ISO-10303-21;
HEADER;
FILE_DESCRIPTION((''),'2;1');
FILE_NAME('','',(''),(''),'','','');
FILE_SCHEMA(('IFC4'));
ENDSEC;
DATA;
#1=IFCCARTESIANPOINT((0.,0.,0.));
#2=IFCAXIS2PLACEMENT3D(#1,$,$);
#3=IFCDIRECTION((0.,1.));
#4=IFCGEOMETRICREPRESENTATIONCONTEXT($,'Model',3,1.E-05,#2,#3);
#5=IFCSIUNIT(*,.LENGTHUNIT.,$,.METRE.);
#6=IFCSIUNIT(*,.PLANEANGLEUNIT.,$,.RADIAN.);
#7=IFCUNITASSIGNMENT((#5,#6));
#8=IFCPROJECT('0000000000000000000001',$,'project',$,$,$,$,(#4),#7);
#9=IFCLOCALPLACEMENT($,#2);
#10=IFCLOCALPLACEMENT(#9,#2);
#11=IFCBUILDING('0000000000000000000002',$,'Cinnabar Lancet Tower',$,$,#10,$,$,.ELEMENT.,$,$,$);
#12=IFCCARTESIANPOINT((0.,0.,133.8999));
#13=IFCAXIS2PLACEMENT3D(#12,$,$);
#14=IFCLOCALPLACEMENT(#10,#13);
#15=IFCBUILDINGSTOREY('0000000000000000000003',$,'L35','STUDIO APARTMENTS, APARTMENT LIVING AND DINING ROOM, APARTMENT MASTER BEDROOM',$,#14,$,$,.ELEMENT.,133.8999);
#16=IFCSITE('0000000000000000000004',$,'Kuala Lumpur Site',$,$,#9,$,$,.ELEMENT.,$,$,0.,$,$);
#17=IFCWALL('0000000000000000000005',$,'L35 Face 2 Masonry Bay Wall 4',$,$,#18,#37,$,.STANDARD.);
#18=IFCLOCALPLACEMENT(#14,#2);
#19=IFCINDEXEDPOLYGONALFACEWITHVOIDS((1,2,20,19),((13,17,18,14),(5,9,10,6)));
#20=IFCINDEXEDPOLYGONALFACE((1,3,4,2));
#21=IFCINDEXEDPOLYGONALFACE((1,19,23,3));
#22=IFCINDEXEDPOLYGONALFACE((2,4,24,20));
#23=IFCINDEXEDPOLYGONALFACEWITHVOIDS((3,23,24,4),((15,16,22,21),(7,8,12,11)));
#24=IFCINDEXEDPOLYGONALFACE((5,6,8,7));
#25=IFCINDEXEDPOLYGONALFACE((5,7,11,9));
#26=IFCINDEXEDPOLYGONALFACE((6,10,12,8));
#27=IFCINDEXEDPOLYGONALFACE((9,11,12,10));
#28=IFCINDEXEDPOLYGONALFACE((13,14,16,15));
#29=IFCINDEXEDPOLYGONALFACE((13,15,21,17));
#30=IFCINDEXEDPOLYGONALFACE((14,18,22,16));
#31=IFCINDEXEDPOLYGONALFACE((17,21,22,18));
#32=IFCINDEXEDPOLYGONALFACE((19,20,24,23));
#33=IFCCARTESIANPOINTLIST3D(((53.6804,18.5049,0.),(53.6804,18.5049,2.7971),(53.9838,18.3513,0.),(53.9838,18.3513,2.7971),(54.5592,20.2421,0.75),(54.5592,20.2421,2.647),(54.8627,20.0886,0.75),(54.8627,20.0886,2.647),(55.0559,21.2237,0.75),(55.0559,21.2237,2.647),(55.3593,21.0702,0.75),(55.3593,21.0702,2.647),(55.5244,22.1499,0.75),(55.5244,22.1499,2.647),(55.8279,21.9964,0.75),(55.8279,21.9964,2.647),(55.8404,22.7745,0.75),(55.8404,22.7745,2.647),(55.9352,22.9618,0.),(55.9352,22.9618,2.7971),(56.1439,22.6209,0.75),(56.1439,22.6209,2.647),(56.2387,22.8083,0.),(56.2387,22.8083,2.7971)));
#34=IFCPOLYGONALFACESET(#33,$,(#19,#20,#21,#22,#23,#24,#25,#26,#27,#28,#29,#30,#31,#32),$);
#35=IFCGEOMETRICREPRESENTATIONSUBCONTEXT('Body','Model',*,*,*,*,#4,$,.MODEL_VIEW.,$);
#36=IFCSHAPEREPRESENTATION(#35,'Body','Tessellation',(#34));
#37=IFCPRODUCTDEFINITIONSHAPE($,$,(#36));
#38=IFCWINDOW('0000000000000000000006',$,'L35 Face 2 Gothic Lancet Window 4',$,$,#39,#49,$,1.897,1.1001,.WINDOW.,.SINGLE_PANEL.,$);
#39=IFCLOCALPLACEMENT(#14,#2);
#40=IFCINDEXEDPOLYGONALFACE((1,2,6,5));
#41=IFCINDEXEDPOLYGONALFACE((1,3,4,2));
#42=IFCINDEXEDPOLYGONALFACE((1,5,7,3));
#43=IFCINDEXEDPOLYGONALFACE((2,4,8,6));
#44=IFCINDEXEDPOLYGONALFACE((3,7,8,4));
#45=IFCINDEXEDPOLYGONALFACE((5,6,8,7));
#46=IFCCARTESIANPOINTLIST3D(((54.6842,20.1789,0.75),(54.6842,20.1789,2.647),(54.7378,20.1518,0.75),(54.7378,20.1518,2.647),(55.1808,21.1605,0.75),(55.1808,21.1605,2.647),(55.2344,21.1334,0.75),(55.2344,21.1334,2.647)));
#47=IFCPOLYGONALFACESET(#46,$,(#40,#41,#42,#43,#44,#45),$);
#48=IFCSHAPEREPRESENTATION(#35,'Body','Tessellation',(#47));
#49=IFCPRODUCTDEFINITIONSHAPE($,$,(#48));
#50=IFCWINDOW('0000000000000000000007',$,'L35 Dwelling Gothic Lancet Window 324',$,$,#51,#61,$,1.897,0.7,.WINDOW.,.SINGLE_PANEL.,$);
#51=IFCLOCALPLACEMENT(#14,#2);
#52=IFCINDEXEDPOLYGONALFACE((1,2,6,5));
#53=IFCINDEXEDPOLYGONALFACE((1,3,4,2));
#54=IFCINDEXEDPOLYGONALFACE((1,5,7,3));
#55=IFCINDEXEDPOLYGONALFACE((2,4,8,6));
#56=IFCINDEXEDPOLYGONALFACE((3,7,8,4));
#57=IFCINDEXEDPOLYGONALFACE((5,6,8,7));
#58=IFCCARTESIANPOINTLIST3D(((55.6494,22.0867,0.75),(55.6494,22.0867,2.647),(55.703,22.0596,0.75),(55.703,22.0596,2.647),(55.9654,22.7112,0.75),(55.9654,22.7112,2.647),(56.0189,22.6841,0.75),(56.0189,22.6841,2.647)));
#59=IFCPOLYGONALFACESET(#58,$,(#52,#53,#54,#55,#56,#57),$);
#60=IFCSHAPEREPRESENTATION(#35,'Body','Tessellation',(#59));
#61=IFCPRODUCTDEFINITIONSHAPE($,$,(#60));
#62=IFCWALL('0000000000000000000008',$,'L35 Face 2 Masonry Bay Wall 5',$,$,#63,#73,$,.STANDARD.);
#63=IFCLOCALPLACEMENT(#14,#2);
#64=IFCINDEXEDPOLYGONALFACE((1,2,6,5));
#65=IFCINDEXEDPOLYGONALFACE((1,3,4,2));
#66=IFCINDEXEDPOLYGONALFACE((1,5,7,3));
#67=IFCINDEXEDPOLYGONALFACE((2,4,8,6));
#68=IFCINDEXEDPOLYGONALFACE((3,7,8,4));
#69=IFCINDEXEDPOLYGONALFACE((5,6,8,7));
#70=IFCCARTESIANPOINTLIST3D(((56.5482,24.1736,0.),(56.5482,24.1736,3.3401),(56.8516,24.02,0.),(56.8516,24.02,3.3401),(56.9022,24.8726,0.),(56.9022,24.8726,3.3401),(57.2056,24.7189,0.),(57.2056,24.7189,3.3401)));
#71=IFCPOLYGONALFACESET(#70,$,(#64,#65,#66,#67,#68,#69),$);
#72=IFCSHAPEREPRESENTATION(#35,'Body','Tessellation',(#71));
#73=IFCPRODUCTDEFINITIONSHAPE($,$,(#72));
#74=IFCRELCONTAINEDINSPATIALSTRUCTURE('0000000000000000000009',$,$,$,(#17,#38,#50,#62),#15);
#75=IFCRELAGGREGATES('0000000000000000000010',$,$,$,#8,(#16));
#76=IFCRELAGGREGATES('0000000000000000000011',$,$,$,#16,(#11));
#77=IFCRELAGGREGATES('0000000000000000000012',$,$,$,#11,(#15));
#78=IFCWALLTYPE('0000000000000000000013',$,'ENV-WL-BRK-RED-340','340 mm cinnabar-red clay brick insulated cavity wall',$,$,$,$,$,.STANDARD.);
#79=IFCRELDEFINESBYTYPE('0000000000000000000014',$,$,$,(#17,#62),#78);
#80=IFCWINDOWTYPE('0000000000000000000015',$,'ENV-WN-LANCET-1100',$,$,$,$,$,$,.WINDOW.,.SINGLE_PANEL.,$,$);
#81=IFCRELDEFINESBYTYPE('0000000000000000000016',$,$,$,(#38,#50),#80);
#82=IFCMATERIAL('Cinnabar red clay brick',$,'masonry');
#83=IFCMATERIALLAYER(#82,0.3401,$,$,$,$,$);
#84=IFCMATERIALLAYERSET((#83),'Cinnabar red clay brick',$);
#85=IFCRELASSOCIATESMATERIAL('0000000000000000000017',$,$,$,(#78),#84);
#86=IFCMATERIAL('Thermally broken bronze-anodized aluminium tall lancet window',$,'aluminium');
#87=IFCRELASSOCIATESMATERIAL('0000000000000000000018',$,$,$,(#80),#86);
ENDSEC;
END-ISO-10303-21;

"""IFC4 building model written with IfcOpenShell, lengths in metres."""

from ifc_helpers import new_model, si_unit, direction, frame, frame_2d, origin, place, context, subcontext, project, spatial, rectangle, extrude, material, layer, layer_set, type_object, element, fill, save


model = new_model("IFC4")

# Units and contexts
model_context = context("Model", 3, precision=1e-05, world=origin(), true_north=direction((0.0, 1.0)))
body_context = subcontext(model_context, "Body", "Model", "MODEL_VIEW")
ifc_project = project(units=[si_unit("LENGTHUNIT", "METRE"), si_unit("PLANEANGLEUNIT", "RADIAN")], contexts=[model_context])

# Site, building, storey
site_placement = place(None, origin())
site = spatial("IfcSite", under=ifc_project, at=site_placement, Name="Kuala Lumpur Site", CompositionType="ELEMENT", RefElevation=0.0)
building_placement = place(site_placement, origin())
building = spatial("IfcBuilding", under=site, at=building_placement, Name="Cinnabar Lancet Tower", CompositionType="ELEMENT")
storey_placement = place(building_placement, frame((0.0, 0.0, 133.8999)))
storey = spatial("IfcBuildingStorey", under=building, at=storey_placement, Name="L35", Description="STUDIO APARTMENTS, APARTMENT LIVING AND DINING ROOM, APARTMENT MASTER BEDROOM", CompositionType="ELEMENT", Elevation=133.8999)

# Shared definitions
ifc_material_1 = material(Name="Cinnabar red clay brick", Category="masonry")
ifc_layer_1 = layer(ifc_material_1, 0.3401)
ifc_layer_set_1 = layer_set([ifc_layer_1], Name="Cinnabar red clay brick")
wall_type_1 = type_object("IfcWallType", Name="ENV-WL-BRK-RED-340", Description="340 mm cinnabar-red clay brick insulated cavity wall", PredefinedType="STANDARD", material=ifc_layer_set_1)

# Wall, openings, windows
wall_1_placement = place(storey_placement, frame((53.832, 18.428, 0.0), z_axis=(0.0, 0.0, 1.0), x_axis=(0.451432, 0.892306, 0.0)))
wall_1 = element("IfcWall", 1, at=wall_1_placement, inside=storey, type_object=wall_type_1, Name="L35 Face 2 Masonry Bay Wall 4", PredefinedType="STANDARD", context=body_context, shape_type="SweptSolid", body=[
    extrude(rectangle(XDim=4.9949, YDim=0.3401, at=frame_2d((2.4976, 0.0))), origin(), (0.0, 0.0, 1.0), 2.7971),
])
opening_1_placement = place(wall_1_placement, frame((1.947, 0.0, 0.75)))
opening_1 = element("IfcOpeningElement", 2, at=opening_1_placement, cuts=wall_1, PredefinedType="OPENING", context=body_context, shape_type="SweptSolid", body=[
    extrude(rectangle(XDim=1.1001, YDim=1.897, at=frame_2d((0.55, 0.9485))), frame((0.0, 0.1799, 0.0), z_axis=(0.0, -1.0, 0.0), x_axis=(1.0, 0.0, 0.0)), (0.0, 0.0, 1.0), 0.3601),
])
opening_2_placement = place(wall_1_placement, frame((4.085, 0.0, 0.75)))
opening_2 = element("IfcOpeningElement", 3, at=opening_2_placement, cuts=wall_1, PredefinedType="OPENING", context=body_context, shape_type="SweptSolid", body=[
    extrude(rectangle(XDim=0.7, YDim=1.897, at=frame_2d((0.3501, 0.9485))), frame((0.0, 0.1799, 0.0), z_axis=(0.0, -1.0, 0.0), x_axis=(1.0, 0.0, 0.0)), (0.0, 0.0, 1.0), 0.3601),
])
ifc_material_2 = material(Name="Thermally broken bronze-anodized aluminium tall lancet window", Category="aluminium")
window_type = type_object("IfcWindowType", Name="ENV-WN-LANCET-1100", PartitioningType="SINGLE_PANEL", PredefinedType="WINDOW", material=ifc_material_2)
window_1_placement = place(opening_1_placement, origin())
window_1 = element("IfcWindow", 4, at=window_1_placement, inside=storey, type_object=window_type, Name="L35 Face 2 Gothic Lancet Window 4", OverallHeight=1.897, OverallWidth=1.1001, PartitioningType="SINGLE_PANEL", PredefinedType="WINDOW", context=body_context, shape_type="SweptSolid", body=[
    extrude(rectangle(XDim=1.1001, YDim=1.897, at=frame_2d((0.55, 0.9485))), frame((0.0, 0.03, 0.0), z_axis=(0.0, -1.0, 0.0), x_axis=(1.0, 0.0, 0.0)), (0.0, 0.0, 1.0), 0.0601),
])
fill(opening_1, window_1)
window_2_placement = place(opening_2_placement, origin())
window_2 = element("IfcWindow", 5, at=window_2_placement, inside=storey, type_object=window_type, Name="L35 Dwelling Gothic Lancet Window 324", OverallHeight=1.897, OverallWidth=0.7, PartitioningType="SINGLE_PANEL", PredefinedType="WINDOW", context=body_context, shape_type="SweptSolid", body=[
    extrude(rectangle(XDim=0.7, YDim=1.897, at=frame_2d((0.3501, 0.9485))), frame((0.0, 0.03, 0.0), z_axis=(0.0, -1.0, 0.0), x_axis=(1.0, 0.0, 0.0)), (0.0, 0.0, 1.0), 0.0601),
])
fill(opening_2, window_2)

# Wall
wall_2_placement = place(storey_placement, frame((56.7, 24.0969, 0.0), z_axis=(0.0, 0.0, 1.0), x_axis=(0.451819, 0.892109, 0.0)))
element("IfcWall", 6, at=wall_2_placement, inside=storey, type_object=wall_type_1, Name="L35 Face 2 Masonry Bay Wall 5", PredefinedType="STANDARD", context=body_context, shape_type="SweptSolid", body=[
    extrude(rectangle(XDim=0.7834, YDim=0.3401, at=frame_2d((0.3916, 0.0))), origin(), (0.0, 0.0, 1.0), 3.3401),
])

save(model, "model.ifc")
